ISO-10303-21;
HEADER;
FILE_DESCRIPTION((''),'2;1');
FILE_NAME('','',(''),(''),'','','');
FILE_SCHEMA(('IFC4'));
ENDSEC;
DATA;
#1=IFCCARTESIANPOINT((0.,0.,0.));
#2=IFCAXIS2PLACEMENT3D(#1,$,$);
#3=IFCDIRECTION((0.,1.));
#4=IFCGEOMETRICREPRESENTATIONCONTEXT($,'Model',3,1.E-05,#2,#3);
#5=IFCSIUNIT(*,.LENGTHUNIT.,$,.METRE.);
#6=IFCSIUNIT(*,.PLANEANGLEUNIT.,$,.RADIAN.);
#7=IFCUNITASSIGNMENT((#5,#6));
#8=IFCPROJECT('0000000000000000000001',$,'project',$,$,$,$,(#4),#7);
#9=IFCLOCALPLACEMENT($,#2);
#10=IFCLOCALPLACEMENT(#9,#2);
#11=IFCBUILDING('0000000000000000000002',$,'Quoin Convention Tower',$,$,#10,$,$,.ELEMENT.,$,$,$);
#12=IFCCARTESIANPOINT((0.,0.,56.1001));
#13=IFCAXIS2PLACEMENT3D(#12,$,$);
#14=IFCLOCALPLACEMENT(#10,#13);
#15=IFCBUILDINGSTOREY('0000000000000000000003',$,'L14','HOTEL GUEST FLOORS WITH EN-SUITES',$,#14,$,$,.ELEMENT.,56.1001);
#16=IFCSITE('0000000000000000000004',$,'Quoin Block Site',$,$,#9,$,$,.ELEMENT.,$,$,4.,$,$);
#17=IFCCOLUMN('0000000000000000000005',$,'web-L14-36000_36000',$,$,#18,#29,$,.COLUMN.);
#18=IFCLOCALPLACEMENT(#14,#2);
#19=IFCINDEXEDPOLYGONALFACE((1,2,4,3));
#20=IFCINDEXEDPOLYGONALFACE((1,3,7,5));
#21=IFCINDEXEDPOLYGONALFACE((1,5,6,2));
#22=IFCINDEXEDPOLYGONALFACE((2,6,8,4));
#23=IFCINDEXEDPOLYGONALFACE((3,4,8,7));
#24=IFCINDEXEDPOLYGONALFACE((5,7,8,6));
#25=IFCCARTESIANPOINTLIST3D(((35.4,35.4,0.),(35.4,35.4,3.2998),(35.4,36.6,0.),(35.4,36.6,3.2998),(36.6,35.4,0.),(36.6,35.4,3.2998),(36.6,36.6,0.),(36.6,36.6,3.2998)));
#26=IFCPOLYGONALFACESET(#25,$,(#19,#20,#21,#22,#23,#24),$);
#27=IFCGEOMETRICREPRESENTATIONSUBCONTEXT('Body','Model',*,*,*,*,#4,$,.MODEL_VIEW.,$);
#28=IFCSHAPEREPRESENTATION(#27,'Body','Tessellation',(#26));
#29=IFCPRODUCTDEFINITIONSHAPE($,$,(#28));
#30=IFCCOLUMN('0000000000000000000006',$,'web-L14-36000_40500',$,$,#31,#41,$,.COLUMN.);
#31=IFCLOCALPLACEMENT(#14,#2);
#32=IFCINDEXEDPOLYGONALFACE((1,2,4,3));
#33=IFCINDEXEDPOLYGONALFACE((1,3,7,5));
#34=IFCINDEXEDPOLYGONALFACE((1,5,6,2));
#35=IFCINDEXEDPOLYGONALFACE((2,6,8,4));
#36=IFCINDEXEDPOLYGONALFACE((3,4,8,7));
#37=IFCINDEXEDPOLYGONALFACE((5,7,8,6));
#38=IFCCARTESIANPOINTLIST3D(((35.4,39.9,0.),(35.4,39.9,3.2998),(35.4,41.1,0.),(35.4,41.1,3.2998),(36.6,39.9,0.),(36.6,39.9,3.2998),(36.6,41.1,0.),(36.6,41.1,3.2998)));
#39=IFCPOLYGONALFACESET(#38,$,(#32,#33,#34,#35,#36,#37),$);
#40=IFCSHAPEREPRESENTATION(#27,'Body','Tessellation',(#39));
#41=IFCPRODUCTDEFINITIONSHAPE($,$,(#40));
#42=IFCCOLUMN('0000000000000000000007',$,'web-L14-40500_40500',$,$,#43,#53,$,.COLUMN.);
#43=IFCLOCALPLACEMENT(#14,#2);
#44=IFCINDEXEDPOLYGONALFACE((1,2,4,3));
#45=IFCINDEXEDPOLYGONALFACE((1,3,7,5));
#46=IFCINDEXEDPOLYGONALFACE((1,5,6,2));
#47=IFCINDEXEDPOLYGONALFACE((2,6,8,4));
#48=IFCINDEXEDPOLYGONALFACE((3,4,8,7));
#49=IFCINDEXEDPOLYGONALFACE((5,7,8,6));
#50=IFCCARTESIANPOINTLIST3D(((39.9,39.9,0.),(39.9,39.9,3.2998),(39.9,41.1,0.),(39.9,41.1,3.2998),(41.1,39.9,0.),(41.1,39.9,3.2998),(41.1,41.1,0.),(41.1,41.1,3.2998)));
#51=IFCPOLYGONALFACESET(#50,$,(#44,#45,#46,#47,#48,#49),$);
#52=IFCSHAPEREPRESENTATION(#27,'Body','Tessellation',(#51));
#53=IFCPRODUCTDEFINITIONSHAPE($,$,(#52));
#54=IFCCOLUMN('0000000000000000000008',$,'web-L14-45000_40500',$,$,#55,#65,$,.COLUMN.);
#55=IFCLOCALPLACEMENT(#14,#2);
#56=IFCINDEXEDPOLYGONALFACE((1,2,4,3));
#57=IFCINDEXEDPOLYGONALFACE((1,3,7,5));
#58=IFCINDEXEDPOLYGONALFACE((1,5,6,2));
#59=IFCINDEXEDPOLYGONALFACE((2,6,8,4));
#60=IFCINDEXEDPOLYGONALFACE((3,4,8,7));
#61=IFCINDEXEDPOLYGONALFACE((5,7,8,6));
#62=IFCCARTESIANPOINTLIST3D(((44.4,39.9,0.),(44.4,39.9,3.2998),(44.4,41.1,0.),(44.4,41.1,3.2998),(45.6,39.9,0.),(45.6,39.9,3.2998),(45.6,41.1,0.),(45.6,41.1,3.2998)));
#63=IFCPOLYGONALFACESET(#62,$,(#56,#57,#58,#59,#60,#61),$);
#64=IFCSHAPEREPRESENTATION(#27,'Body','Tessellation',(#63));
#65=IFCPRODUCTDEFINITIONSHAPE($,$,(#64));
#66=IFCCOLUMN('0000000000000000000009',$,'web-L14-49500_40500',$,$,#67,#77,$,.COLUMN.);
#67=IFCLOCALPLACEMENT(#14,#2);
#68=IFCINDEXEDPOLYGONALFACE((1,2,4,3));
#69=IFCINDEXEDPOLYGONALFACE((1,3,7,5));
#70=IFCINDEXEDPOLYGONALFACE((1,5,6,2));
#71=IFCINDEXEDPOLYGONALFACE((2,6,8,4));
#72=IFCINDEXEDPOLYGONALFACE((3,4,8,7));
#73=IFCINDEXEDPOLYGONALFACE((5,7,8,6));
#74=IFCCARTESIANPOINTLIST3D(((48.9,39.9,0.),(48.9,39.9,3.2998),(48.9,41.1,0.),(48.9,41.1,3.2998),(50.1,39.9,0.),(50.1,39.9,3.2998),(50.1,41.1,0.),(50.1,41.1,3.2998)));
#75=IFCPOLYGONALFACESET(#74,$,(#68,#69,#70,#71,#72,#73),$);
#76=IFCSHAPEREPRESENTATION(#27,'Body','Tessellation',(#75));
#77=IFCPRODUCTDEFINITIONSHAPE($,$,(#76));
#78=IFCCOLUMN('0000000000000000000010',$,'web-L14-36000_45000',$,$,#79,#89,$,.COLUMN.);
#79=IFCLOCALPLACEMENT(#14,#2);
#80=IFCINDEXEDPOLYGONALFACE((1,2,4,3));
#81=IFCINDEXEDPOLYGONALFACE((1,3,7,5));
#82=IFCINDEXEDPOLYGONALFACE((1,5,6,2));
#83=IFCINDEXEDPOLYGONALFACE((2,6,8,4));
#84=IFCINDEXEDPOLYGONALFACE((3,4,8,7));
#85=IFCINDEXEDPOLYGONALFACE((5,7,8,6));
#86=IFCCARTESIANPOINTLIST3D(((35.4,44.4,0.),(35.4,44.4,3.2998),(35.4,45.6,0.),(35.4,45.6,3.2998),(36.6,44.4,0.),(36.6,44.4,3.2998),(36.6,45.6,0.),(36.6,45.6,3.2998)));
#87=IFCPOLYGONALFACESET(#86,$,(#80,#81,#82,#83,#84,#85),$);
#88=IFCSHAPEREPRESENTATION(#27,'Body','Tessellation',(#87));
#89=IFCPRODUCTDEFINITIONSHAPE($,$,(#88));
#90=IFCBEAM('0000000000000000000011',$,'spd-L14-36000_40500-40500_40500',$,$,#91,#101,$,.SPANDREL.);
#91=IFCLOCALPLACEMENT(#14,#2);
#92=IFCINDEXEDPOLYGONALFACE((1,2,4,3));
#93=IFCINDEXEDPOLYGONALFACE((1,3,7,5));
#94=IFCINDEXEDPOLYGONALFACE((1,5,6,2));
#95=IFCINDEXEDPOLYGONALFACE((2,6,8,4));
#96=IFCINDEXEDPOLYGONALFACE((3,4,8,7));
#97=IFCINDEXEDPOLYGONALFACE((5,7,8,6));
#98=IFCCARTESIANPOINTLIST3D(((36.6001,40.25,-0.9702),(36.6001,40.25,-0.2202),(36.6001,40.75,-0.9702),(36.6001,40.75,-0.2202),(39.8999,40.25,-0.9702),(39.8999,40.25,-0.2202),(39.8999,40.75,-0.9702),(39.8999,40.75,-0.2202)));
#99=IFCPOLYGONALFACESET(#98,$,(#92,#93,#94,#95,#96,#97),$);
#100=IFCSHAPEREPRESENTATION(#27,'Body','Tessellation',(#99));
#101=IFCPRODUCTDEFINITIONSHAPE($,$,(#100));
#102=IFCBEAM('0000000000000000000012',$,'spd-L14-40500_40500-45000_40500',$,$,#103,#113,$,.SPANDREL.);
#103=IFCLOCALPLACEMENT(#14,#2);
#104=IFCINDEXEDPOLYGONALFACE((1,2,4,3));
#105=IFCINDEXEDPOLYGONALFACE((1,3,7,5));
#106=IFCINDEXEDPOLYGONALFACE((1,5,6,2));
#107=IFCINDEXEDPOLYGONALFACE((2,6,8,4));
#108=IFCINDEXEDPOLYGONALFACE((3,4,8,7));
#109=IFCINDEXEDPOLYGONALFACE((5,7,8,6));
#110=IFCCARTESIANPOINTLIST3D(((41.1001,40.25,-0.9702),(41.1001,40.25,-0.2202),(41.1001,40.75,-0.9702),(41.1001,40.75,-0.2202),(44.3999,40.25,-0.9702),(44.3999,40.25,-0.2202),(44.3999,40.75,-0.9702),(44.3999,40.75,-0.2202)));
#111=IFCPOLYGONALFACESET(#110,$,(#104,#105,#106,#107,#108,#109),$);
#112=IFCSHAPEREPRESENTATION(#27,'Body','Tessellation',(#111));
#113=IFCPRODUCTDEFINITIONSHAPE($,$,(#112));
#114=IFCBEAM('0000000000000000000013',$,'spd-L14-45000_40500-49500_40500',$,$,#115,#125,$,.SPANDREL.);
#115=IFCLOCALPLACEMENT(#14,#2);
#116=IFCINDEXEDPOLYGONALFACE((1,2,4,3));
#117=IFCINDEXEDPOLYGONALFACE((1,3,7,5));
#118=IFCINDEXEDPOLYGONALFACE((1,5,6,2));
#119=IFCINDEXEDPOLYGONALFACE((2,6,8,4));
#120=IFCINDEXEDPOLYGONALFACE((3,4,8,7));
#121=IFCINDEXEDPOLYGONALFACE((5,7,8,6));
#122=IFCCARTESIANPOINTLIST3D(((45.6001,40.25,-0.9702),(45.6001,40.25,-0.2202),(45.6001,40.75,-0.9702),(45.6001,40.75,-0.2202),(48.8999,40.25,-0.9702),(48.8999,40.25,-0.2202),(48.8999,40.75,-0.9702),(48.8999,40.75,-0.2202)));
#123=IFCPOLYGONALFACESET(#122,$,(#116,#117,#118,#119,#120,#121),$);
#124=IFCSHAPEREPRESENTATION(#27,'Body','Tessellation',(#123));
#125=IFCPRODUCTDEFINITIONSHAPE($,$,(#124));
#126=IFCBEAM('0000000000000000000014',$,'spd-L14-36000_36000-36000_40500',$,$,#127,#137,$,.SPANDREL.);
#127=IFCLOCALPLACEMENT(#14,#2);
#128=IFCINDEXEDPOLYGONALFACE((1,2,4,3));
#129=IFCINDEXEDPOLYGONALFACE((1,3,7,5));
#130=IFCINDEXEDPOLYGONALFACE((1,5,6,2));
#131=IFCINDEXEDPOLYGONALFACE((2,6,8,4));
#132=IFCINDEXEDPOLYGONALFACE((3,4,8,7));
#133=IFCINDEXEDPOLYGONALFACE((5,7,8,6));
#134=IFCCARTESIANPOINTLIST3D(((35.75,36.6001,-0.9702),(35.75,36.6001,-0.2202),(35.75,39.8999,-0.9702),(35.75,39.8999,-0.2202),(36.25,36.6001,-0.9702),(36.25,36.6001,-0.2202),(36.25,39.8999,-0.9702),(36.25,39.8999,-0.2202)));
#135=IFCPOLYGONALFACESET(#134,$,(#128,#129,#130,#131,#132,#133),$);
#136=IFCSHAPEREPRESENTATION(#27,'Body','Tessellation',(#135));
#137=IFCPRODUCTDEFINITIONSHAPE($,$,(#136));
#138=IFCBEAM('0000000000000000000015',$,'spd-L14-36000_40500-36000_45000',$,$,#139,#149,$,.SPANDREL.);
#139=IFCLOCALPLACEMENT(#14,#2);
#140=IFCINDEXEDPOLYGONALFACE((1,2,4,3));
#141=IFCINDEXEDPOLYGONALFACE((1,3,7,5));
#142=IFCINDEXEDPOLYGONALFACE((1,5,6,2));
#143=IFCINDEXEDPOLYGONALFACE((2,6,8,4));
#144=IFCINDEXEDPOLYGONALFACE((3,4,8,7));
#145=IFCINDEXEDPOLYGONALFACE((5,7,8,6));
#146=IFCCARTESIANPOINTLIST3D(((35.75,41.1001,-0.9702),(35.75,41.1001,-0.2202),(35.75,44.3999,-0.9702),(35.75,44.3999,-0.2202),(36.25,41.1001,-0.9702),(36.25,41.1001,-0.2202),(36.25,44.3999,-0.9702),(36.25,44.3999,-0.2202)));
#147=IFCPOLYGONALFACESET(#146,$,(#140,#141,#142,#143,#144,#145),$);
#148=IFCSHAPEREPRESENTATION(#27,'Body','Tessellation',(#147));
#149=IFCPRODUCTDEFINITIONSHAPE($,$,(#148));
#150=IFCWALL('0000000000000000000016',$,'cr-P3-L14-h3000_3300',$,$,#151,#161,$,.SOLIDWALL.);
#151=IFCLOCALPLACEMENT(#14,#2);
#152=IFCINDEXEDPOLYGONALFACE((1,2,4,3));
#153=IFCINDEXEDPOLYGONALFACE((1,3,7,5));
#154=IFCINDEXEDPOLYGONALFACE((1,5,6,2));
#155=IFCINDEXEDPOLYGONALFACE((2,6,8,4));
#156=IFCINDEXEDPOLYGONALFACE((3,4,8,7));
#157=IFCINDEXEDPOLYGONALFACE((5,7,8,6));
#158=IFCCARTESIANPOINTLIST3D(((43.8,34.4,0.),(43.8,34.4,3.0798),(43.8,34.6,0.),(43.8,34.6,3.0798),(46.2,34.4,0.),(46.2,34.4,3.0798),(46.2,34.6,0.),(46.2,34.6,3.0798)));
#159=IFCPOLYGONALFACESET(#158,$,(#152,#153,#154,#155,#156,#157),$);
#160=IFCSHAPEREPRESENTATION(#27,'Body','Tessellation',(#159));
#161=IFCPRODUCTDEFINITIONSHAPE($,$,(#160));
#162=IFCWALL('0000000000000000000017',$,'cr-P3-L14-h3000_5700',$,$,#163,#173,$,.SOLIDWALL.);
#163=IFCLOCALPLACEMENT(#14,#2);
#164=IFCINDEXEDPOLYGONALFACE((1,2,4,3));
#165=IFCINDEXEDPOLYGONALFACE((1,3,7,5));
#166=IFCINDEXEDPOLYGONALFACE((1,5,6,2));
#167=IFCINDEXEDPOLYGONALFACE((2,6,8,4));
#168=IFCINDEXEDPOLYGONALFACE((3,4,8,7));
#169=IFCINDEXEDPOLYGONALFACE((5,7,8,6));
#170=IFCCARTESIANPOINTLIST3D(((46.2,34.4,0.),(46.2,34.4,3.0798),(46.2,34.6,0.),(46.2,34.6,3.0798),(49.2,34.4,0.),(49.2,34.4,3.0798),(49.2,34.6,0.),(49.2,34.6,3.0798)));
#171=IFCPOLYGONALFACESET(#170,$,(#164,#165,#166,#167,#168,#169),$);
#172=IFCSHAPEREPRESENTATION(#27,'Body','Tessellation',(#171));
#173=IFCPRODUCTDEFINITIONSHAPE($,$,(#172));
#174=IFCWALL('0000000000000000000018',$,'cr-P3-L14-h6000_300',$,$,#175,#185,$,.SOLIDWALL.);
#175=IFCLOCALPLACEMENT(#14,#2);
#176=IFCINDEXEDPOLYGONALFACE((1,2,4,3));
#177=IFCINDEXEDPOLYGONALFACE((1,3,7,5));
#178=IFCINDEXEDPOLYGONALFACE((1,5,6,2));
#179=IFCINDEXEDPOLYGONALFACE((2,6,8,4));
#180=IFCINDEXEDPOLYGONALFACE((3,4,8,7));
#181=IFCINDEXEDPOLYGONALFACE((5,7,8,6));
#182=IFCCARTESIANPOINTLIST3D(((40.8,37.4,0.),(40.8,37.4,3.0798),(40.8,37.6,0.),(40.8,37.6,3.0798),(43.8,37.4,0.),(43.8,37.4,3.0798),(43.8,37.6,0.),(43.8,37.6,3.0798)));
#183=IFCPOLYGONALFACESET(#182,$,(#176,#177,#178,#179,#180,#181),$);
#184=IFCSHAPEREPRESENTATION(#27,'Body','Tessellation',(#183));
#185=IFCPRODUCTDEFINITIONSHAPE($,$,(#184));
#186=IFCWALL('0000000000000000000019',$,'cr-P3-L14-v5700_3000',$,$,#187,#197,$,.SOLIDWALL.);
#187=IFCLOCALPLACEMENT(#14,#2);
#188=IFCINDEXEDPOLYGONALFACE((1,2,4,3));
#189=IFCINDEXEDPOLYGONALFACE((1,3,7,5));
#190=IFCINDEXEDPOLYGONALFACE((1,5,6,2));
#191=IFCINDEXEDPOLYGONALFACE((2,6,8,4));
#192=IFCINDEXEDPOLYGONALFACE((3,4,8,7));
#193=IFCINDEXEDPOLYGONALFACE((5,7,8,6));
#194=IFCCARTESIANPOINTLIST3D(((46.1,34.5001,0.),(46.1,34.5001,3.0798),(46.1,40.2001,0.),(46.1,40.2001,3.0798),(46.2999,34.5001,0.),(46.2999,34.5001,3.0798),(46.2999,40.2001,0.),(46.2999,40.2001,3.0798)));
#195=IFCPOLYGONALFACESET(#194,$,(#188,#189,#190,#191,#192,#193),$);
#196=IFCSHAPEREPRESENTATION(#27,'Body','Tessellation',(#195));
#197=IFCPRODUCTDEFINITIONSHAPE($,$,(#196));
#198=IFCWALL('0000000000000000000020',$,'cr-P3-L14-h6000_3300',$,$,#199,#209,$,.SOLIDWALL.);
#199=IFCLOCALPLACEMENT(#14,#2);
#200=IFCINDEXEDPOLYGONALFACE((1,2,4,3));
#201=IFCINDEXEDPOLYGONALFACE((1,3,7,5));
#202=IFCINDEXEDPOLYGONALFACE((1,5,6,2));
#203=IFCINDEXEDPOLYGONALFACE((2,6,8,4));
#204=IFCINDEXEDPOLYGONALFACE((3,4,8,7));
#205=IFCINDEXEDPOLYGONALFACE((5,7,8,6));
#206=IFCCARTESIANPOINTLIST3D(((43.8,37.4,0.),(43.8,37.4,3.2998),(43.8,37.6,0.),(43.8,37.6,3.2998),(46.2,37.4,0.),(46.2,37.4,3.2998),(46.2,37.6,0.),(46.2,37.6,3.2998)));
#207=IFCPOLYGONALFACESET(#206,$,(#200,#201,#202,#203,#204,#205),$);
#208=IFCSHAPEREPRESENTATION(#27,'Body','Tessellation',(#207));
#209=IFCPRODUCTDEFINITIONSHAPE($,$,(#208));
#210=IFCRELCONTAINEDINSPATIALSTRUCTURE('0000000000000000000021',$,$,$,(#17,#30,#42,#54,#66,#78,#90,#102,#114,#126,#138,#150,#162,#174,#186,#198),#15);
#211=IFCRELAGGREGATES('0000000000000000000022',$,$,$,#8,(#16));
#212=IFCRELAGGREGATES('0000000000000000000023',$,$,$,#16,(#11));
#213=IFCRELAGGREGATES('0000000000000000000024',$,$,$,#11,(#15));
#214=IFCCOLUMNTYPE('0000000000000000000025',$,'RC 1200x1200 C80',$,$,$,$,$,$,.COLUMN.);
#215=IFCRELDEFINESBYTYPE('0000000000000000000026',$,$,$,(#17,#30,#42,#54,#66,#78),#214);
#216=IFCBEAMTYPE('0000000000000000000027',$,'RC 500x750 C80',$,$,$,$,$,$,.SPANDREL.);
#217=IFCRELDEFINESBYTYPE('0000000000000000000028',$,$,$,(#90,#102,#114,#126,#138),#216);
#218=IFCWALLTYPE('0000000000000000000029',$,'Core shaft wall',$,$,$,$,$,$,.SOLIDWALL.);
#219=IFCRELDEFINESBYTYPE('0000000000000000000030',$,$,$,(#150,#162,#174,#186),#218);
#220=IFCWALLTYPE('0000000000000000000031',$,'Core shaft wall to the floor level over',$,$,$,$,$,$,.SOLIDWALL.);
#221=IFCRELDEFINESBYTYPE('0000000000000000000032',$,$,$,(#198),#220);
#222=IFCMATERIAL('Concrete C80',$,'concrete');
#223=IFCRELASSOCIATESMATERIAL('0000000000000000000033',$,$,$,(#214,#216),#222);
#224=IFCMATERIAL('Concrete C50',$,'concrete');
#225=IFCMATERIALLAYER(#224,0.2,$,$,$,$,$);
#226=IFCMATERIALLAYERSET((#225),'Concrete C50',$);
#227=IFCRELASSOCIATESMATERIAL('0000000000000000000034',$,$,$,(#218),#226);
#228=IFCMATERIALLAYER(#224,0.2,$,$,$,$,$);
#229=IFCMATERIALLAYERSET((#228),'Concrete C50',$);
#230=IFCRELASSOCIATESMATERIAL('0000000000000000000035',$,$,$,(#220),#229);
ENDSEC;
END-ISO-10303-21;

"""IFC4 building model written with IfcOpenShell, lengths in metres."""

from ifc_helpers import new_model, si_unit, direction, frame, frame_2d, origin, origin_2d, place, context, subcontext, project, spatial, rectangle, extrude, material, layer, layer_set, material_profile, profile_set, type_object, element, save


model = new_model("IFC4")

# Units and contexts
model_context = context("Model", 3, precision=1e-05, world=origin(), true_north=direction((0.0, 1.0)))
body_context = subcontext(model_context, "Body", "Model", "MODEL_VIEW")
ifc_project = project(units=[si_unit("LENGTHUNIT", "METRE"), si_unit("PLANEANGLEUNIT", "RADIAN")], contexts=[model_context])

# Site, building, storey
site_placement = place(None, origin())
site = spatial("IfcSite", under=ifc_project, at=site_placement, Name="Quoin Block Site", CompositionType="ELEMENT", RefElevation=4.0)
building_placement = place(site_placement, origin())
building = spatial("IfcBuilding", under=site, at=building_placement, Name="Quoin Convention Tower", CompositionType="ELEMENT")
storey_placement = place(building_placement, frame((0.0, 0.0, 56.1001)))
storey = spatial("IfcBuildingStorey", under=building, at=storey_placement, Name="L14", Description="HOTEL GUEST FLOORS WITH EN-SUITES", CompositionType="ELEMENT", Elevation=56.1001)

# Columns
ifc_material_1 = material(Name="Concrete C80", Category="concrete")
ifc_material_profile_1 = material_profile(ifc_material_1, rectangle(XDim=1.2, YDim=1.2, at=origin_2d()), Name="RC 1200x1200")
ifc_profile_set_1 = profile_set([ifc_material_profile_1], Name="Concrete C80")
column_type = type_object("IfcColumnType", Name="RC 1200x1200 C80", PredefinedType="COLUMN", material=ifc_profile_set_1)
for number, where, z_axis, x_axis, name in (
    (1, (36.0, 36.0, 0.0), (0.0, 0.0, 1.0), (1.0, 0.0, 0.0), "web-L14-36000_36000"),
    (2, (36.0, 40.5, 0.0), (0.0, 0.0, 1.0), (1.0, 0.0, 0.0), "web-L14-36000_40500"),
    (3, (40.5, 40.5, 0.0), (0.0, 0.0, 1.0), (1.0, 0.0, 0.0), "web-L14-40500_40500"),
    (4, (45.0, 40.5, 0.0), (0.0, 0.0, 1.0), (1.0, 0.0, 0.0), "web-L14-45000_40500"),
    (5, (49.5, 40.5, 0.0), (0.0, 0.0, 1.0), (1.0, 0.0, 0.0), "web-L14-49500_40500"),
    (6, (36.0, 45.0, 0.0), (0.0, 0.0, 1.0), (1.0, 0.0, 0.0), "web-L14-36000_45000"),
):
    element("IfcColumn", number, at=place(storey_placement, frame(where, z_axis=z_axis, x_axis=x_axis)), inside=storey, type_object=column_type, Name=name, PredefinedType="COLUMN", context=body_context, shape_type="SweptSolid", body=[
        extrude(rectangle(XDim=1.2, YDim=1.2, at=origin_2d()), origin(), (0.0, 0.0, 1.0), 3.2998),
    ])

# Beams
ifc_material_profile_2 = material_profile(ifc_material_1, rectangle(XDim=0.5, YDim=0.75, at=origin_2d()), Name="RC 500x750")
ifc_profile_set_2 = profile_set([ifc_material_profile_2], Name="Concrete C80")
beam_type = type_object("IfcBeamType", Name="RC 500x750 C80", PredefinedType="SPANDREL", material=ifc_profile_set_2)
for number, where, z_axis, x_axis, name in (
    (7, (36.6001, 40.5, -0.5952), (1.0, 0.0, 0.0), (0.0, 1.0, 0.0), "spd-L14-36000_40500-40500_40500"),
    (8, (41.1001, 40.5, -0.5952), (1.0, 0.0, 0.0), (0.0, 1.0, 0.0), "spd-L14-40500_40500-45000_40500"),
    (9, (45.6001, 40.5, -0.5952), (1.0, 0.0, 0.0), (0.0, 1.0, 0.0), "spd-L14-45000_40500-49500_40500"),
    (10, (36.0, 36.6001, -0.5952), (0.0, 1.0, 0.0), (-1.0, 0.0, 0.0), "spd-L14-36000_36000-36000_40500"),
    (11, (36.0, 41.1001, -0.5952), (0.0, 1.0, 0.0), (-1.0, 0.0, 0.0), "spd-L14-36000_40500-36000_45000"),
):
    element("IfcBeam", number, at=place(storey_placement, frame(where, z_axis=z_axis, x_axis=x_axis)), inside=storey, type_object=beam_type, Name=name, PredefinedType="SPANDREL", context=body_context, shape_type="SweptSolid", body=[
        extrude(rectangle(XDim=0.5, YDim=0.75, at=origin_2d()), origin(), (0.0, 0.0, 1.0), 3.2998),
    ])

# Walls
ifc_material_2 = material(Name="Concrete C50", Category="concrete")
ifc_layer_1 = layer(ifc_material_2, 0.2)
ifc_layer_set_1 = layer_set([ifc_layer_1], Name="Concrete C50")
wall_type_1 = type_object("IfcWallType", Name="Core shaft wall", PredefinedType="SOLIDWALL", material=ifc_layer_set_1)
wall_1_placement = place(storey_placement, frame((43.8, 34.5, 0.0), z_axis=(0.0, 0.0, 1.0), x_axis=(1.0, 0.0, 0.0)))
element("IfcWall", 12, at=wall_1_placement, inside=storey, type_object=wall_type_1, Name="cr-P3-L14-h3000_3300", PredefinedType="SOLIDWALL", context=body_context, shape_type="SweptSolid", body=[
    extrude(rectangle(XDim=2.3999, YDim=0.2, at=frame_2d((1.2, 0.0))), origin(), (0.0, 0.0, 1.0), 3.0798),
])
for number, where, z_axis, x_axis, name in (
    (13, (46.2, 34.5, 0.0), (0.0, 0.0, 1.0), (1.0, 0.0, 0.0), "cr-P3-L14-h3000_5700"),
    (14, (40.8, 37.5, 0.0), (0.0, 0.0, 1.0), (1.0, 0.0, 0.0), "cr-P3-L14-h6000_300"),
):
    element("IfcWall", number, at=place(storey_placement, frame(where, z_axis=z_axis, x_axis=x_axis)), inside=storey, type_object=wall_type_1, Name=name, PredefinedType="SOLIDWALL", context=body_context, shape_type="SweptSolid", body=[
        extrude(rectangle(XDim=3.0, YDim=0.2, at=frame_2d((1.5, 0.0))), origin(), (0.0, 0.0, 1.0), 3.0798),
    ])
wall_2_placement = place(storey_placement, frame((46.2, 34.5, 0.0), z_axis=(0.0, 0.0, 1.0), x_axis=(0.0, 1.0, 0.0)))
element("IfcWall", 15, at=wall_2_placement, inside=storey, type_object=wall_type_1, Name="cr-P3-L14-v5700_3000", PredefinedType="SOLIDWALL", context=body_context, shape_type="SweptSolid", body=[
    extrude(rectangle(XDim=5.7, YDim=0.2, at=frame_2d((2.8501, 0.0))), origin(), (0.0, 0.0, 1.0), 3.0798),
])
ifc_layer_2 = layer(ifc_material_2, 0.2)
ifc_layer_set_2 = layer_set([ifc_layer_2], Name="Concrete C50")
wall_type_2 = type_object("IfcWallType", Name="Core shaft wall to the floor level over", PredefinedType="SOLIDWALL", material=ifc_layer_set_2)
wall_3_placement = place(storey_placement, frame((43.8, 37.5, 0.0), z_axis=(0.0, 0.0, 1.0), x_axis=(1.0, 0.0, 0.0)))
element("IfcWall", 16, at=wall_3_placement, inside=storey, type_object=wall_type_2, Name="cr-P3-L14-h6000_3300", PredefinedType="SOLIDWALL", context=body_context, shape_type="SweptSolid", body=[
    extrude(rectangle(XDim=2.3999, YDim=0.2, at=frame_2d((1.2, 0.0))), origin(), (0.0, 0.0, 1.0), 3.2998),
])

save(model, "model.ifc")
